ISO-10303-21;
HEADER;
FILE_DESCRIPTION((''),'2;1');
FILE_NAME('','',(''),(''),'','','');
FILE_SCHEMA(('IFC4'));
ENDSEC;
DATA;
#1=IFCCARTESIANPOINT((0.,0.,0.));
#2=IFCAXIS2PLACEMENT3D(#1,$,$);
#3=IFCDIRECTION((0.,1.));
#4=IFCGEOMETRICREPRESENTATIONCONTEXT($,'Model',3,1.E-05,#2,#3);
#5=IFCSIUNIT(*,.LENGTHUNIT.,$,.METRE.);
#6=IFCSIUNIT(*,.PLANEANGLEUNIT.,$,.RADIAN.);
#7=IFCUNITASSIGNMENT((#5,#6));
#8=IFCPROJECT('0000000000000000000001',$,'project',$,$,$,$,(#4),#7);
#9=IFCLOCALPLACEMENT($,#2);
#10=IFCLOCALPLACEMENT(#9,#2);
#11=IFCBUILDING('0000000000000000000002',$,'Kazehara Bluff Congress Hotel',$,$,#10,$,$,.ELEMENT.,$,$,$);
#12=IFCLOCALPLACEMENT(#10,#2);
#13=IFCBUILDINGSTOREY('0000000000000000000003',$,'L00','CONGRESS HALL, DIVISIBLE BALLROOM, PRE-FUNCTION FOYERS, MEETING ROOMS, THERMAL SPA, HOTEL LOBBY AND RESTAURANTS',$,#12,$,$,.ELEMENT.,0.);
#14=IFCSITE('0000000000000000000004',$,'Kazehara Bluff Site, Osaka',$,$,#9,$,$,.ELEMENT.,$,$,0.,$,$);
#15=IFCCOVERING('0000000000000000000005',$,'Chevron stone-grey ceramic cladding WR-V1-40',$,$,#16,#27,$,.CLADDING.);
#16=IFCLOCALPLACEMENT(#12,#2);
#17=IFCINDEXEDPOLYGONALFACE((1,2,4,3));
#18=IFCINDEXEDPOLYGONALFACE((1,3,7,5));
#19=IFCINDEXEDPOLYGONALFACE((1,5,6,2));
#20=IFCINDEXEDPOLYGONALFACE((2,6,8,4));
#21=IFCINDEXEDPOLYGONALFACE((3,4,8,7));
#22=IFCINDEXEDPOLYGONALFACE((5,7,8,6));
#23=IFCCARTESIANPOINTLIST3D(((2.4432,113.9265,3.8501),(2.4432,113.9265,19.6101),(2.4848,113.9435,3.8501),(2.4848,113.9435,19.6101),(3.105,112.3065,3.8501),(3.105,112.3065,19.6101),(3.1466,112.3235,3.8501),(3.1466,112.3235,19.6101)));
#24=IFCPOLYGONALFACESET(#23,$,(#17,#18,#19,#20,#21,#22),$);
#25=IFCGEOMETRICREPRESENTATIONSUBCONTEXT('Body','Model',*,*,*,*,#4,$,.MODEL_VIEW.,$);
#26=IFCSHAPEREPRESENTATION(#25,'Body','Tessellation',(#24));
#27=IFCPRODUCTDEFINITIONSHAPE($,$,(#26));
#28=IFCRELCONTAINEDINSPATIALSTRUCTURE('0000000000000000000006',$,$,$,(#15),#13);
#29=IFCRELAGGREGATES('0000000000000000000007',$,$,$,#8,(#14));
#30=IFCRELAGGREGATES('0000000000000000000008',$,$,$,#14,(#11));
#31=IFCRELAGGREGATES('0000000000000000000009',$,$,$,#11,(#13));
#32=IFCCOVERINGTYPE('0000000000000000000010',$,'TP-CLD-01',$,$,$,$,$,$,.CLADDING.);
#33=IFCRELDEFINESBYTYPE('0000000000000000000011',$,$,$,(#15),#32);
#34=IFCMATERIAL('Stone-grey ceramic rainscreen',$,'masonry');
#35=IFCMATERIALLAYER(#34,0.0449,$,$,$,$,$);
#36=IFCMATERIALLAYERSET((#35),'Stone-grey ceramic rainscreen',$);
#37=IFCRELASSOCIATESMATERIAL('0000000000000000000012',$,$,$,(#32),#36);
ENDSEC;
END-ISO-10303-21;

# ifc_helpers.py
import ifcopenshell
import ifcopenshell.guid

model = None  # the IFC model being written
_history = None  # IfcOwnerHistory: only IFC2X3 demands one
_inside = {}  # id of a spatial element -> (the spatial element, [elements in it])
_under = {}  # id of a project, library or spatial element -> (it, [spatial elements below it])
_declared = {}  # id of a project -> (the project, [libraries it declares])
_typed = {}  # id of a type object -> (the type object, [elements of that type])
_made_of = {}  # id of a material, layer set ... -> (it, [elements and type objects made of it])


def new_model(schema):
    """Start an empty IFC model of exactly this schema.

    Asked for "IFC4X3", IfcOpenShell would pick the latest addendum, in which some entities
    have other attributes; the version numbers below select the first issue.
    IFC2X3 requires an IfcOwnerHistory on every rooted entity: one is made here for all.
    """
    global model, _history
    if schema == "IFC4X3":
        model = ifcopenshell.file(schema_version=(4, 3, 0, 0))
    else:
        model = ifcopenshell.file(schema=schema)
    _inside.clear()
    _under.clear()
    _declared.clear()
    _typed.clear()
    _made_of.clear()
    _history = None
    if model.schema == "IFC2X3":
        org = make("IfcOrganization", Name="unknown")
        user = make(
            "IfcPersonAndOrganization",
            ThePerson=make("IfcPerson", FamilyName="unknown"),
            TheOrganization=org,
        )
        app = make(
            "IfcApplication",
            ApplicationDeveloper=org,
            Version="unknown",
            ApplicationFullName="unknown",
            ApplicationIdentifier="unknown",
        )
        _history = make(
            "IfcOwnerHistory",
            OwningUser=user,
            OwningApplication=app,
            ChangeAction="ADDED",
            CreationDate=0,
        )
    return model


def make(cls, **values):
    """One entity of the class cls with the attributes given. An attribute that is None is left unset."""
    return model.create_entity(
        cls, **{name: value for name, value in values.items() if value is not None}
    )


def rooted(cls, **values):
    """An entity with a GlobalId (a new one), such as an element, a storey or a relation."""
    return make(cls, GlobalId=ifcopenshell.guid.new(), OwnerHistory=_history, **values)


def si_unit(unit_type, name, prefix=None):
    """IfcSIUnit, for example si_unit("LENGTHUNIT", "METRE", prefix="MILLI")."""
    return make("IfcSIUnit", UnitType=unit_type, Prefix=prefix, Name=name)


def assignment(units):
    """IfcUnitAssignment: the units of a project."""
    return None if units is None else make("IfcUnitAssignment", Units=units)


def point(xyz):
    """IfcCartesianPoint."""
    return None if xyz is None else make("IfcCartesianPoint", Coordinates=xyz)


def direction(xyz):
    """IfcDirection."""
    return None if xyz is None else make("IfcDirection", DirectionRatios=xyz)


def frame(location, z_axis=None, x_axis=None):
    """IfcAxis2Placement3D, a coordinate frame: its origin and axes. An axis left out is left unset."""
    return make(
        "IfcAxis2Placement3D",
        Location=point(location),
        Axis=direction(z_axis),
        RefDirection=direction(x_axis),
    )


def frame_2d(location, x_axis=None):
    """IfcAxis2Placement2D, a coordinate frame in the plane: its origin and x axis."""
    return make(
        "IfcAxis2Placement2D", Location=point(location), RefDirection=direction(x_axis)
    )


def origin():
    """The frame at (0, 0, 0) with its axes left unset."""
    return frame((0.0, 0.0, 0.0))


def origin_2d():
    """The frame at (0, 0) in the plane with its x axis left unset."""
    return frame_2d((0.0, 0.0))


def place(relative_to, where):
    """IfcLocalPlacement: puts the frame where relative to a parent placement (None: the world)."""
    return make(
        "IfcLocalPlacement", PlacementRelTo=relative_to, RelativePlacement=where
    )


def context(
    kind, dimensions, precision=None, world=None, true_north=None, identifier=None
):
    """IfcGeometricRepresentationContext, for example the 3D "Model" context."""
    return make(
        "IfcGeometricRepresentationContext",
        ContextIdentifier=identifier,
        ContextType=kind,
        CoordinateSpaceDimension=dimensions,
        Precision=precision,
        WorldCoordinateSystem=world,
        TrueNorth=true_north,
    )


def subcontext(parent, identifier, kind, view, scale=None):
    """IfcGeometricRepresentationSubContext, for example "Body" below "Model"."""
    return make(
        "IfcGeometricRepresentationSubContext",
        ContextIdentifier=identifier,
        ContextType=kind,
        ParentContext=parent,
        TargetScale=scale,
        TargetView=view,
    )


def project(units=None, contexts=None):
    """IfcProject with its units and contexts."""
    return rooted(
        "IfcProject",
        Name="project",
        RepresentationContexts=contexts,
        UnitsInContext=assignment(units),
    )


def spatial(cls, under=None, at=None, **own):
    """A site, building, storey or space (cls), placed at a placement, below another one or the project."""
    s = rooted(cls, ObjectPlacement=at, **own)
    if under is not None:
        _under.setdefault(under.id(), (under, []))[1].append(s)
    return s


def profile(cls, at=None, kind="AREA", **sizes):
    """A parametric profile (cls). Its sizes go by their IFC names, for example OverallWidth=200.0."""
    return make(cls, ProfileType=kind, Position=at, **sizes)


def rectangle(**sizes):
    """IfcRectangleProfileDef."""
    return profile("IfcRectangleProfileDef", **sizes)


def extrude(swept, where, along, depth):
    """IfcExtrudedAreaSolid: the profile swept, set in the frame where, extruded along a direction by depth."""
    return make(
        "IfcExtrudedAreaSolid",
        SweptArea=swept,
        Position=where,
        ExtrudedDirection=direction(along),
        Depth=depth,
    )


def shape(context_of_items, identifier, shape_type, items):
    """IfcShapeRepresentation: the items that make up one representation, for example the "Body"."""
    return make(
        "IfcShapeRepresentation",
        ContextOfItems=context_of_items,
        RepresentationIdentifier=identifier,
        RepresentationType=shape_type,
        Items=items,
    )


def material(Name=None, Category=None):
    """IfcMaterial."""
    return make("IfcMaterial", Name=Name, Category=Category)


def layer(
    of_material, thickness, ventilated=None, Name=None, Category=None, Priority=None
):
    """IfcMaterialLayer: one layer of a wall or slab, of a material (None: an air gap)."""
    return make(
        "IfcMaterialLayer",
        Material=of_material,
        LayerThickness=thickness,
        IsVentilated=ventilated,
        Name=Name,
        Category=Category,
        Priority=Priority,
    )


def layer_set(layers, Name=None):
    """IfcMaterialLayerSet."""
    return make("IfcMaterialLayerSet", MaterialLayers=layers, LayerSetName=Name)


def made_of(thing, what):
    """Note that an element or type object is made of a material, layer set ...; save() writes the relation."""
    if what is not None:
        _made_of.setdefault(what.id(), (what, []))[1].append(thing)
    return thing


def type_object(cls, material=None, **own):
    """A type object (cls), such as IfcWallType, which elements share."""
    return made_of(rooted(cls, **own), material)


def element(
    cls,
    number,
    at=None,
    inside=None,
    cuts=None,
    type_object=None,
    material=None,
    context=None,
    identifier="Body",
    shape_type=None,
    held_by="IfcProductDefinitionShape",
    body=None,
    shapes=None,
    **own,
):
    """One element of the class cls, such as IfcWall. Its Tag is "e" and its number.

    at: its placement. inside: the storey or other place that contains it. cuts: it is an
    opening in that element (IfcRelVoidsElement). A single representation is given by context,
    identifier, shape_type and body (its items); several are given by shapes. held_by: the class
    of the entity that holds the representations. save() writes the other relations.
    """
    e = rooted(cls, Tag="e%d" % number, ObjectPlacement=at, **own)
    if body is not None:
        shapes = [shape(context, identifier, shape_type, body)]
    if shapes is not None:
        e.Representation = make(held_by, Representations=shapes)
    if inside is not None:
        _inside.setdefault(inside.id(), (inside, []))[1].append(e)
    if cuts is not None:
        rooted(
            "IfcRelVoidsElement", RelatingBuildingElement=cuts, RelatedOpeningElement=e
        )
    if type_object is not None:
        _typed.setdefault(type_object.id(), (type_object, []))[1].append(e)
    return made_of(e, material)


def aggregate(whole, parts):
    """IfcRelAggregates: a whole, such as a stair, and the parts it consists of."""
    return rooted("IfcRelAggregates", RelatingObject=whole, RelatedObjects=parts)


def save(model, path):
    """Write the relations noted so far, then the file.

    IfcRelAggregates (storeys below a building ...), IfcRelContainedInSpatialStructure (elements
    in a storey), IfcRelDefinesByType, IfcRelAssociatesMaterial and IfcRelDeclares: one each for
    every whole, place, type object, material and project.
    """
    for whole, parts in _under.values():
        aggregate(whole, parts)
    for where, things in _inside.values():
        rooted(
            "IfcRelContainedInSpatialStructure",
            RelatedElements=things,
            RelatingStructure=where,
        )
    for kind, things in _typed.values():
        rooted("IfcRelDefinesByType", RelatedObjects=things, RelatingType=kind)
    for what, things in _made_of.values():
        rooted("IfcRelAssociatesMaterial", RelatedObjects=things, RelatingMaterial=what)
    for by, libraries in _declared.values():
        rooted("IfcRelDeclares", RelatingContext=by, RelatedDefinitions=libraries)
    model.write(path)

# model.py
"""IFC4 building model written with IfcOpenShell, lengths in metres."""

from ifc_helpers import new_model, si_unit, direction, frame, origin, origin_2d, place, context, subcontext, project, spatial, rectangle, extrude, material, layer, layer_set, type_object, element, save


model = new_model("IFC4")

# Units and contexts
model_context = context("Model", 3, precision=1e-05, world=origin(), true_north=direction((0.0, 1.0)))
body_context = subcontext(model_context, "Body", "Model", "MODEL_VIEW")
ifc_project = project(units=[si_unit("LENGTHUNIT", "METRE"), si_unit("PLANEANGLEUNIT", "RADIAN")], contexts=[model_context])

# Site, building, storey
site_placement = place(None, origin())
site = spatial("IfcSite", under=ifc_project, at=site_placement, Name="Kazehara Bluff Site, Osaka", CompositionType="ELEMENT", RefElevation=0.0)
building_placement = place(site_placement, origin())
building = spatial("IfcBuilding", under=site, at=building_placement, Name="Kazehara Bluff Congress Hotel", CompositionType="ELEMENT")
storey_placement = place(building_placement, origin())
storey = spatial("IfcBuildingStorey", under=building, at=storey_placement, Name="L00", Description="CONGRESS HALL, DIVISIBLE BALLROOM, PRE-FUNCTION FOYERS, MEETING ROOMS, THERMAL SPA, HOTEL LOBBY AND RESTAURANTS", CompositionType="ELEMENT", Elevation=0.0)

# Covering
ifc_material_1 = material(Name="Stone-grey ceramic rainscreen", Category="masonry")
ifc_layer_1 = layer(ifc_material_1, 0.0449)
ifc_layer_set_1 = layer_set([ifc_layer_1], Name="Stone-grey ceramic rainscreen")
covering_type_1 = type_object("IfcCoveringType", Name="TP-CLD-01", PredefinedType="CLADDING", material=ifc_layer_set_1)
covering_1_placement = place(storey_placement, frame((2.7949, 113.125, 3.8501), z_axis=(0.0, 0.0, 1.0), x_axis=(-0.378193, 0.925727, 0.0)))
element("IfcCovering", 1, at=covering_1_placement, inside=storey, type_object=covering_type_1, Name="Chevron stone-grey ceramic cladding WR-V1-40", PredefinedType="CLADDING", context=body_context, shape_type="SweptSolid", body=[
    extrude(rectangle(XDim=1.75, YDim=0.0449, at=origin_2d()), origin(), (0.0, 0.0, 1.0), 15.76),
])

save(model, "model.ifc")
